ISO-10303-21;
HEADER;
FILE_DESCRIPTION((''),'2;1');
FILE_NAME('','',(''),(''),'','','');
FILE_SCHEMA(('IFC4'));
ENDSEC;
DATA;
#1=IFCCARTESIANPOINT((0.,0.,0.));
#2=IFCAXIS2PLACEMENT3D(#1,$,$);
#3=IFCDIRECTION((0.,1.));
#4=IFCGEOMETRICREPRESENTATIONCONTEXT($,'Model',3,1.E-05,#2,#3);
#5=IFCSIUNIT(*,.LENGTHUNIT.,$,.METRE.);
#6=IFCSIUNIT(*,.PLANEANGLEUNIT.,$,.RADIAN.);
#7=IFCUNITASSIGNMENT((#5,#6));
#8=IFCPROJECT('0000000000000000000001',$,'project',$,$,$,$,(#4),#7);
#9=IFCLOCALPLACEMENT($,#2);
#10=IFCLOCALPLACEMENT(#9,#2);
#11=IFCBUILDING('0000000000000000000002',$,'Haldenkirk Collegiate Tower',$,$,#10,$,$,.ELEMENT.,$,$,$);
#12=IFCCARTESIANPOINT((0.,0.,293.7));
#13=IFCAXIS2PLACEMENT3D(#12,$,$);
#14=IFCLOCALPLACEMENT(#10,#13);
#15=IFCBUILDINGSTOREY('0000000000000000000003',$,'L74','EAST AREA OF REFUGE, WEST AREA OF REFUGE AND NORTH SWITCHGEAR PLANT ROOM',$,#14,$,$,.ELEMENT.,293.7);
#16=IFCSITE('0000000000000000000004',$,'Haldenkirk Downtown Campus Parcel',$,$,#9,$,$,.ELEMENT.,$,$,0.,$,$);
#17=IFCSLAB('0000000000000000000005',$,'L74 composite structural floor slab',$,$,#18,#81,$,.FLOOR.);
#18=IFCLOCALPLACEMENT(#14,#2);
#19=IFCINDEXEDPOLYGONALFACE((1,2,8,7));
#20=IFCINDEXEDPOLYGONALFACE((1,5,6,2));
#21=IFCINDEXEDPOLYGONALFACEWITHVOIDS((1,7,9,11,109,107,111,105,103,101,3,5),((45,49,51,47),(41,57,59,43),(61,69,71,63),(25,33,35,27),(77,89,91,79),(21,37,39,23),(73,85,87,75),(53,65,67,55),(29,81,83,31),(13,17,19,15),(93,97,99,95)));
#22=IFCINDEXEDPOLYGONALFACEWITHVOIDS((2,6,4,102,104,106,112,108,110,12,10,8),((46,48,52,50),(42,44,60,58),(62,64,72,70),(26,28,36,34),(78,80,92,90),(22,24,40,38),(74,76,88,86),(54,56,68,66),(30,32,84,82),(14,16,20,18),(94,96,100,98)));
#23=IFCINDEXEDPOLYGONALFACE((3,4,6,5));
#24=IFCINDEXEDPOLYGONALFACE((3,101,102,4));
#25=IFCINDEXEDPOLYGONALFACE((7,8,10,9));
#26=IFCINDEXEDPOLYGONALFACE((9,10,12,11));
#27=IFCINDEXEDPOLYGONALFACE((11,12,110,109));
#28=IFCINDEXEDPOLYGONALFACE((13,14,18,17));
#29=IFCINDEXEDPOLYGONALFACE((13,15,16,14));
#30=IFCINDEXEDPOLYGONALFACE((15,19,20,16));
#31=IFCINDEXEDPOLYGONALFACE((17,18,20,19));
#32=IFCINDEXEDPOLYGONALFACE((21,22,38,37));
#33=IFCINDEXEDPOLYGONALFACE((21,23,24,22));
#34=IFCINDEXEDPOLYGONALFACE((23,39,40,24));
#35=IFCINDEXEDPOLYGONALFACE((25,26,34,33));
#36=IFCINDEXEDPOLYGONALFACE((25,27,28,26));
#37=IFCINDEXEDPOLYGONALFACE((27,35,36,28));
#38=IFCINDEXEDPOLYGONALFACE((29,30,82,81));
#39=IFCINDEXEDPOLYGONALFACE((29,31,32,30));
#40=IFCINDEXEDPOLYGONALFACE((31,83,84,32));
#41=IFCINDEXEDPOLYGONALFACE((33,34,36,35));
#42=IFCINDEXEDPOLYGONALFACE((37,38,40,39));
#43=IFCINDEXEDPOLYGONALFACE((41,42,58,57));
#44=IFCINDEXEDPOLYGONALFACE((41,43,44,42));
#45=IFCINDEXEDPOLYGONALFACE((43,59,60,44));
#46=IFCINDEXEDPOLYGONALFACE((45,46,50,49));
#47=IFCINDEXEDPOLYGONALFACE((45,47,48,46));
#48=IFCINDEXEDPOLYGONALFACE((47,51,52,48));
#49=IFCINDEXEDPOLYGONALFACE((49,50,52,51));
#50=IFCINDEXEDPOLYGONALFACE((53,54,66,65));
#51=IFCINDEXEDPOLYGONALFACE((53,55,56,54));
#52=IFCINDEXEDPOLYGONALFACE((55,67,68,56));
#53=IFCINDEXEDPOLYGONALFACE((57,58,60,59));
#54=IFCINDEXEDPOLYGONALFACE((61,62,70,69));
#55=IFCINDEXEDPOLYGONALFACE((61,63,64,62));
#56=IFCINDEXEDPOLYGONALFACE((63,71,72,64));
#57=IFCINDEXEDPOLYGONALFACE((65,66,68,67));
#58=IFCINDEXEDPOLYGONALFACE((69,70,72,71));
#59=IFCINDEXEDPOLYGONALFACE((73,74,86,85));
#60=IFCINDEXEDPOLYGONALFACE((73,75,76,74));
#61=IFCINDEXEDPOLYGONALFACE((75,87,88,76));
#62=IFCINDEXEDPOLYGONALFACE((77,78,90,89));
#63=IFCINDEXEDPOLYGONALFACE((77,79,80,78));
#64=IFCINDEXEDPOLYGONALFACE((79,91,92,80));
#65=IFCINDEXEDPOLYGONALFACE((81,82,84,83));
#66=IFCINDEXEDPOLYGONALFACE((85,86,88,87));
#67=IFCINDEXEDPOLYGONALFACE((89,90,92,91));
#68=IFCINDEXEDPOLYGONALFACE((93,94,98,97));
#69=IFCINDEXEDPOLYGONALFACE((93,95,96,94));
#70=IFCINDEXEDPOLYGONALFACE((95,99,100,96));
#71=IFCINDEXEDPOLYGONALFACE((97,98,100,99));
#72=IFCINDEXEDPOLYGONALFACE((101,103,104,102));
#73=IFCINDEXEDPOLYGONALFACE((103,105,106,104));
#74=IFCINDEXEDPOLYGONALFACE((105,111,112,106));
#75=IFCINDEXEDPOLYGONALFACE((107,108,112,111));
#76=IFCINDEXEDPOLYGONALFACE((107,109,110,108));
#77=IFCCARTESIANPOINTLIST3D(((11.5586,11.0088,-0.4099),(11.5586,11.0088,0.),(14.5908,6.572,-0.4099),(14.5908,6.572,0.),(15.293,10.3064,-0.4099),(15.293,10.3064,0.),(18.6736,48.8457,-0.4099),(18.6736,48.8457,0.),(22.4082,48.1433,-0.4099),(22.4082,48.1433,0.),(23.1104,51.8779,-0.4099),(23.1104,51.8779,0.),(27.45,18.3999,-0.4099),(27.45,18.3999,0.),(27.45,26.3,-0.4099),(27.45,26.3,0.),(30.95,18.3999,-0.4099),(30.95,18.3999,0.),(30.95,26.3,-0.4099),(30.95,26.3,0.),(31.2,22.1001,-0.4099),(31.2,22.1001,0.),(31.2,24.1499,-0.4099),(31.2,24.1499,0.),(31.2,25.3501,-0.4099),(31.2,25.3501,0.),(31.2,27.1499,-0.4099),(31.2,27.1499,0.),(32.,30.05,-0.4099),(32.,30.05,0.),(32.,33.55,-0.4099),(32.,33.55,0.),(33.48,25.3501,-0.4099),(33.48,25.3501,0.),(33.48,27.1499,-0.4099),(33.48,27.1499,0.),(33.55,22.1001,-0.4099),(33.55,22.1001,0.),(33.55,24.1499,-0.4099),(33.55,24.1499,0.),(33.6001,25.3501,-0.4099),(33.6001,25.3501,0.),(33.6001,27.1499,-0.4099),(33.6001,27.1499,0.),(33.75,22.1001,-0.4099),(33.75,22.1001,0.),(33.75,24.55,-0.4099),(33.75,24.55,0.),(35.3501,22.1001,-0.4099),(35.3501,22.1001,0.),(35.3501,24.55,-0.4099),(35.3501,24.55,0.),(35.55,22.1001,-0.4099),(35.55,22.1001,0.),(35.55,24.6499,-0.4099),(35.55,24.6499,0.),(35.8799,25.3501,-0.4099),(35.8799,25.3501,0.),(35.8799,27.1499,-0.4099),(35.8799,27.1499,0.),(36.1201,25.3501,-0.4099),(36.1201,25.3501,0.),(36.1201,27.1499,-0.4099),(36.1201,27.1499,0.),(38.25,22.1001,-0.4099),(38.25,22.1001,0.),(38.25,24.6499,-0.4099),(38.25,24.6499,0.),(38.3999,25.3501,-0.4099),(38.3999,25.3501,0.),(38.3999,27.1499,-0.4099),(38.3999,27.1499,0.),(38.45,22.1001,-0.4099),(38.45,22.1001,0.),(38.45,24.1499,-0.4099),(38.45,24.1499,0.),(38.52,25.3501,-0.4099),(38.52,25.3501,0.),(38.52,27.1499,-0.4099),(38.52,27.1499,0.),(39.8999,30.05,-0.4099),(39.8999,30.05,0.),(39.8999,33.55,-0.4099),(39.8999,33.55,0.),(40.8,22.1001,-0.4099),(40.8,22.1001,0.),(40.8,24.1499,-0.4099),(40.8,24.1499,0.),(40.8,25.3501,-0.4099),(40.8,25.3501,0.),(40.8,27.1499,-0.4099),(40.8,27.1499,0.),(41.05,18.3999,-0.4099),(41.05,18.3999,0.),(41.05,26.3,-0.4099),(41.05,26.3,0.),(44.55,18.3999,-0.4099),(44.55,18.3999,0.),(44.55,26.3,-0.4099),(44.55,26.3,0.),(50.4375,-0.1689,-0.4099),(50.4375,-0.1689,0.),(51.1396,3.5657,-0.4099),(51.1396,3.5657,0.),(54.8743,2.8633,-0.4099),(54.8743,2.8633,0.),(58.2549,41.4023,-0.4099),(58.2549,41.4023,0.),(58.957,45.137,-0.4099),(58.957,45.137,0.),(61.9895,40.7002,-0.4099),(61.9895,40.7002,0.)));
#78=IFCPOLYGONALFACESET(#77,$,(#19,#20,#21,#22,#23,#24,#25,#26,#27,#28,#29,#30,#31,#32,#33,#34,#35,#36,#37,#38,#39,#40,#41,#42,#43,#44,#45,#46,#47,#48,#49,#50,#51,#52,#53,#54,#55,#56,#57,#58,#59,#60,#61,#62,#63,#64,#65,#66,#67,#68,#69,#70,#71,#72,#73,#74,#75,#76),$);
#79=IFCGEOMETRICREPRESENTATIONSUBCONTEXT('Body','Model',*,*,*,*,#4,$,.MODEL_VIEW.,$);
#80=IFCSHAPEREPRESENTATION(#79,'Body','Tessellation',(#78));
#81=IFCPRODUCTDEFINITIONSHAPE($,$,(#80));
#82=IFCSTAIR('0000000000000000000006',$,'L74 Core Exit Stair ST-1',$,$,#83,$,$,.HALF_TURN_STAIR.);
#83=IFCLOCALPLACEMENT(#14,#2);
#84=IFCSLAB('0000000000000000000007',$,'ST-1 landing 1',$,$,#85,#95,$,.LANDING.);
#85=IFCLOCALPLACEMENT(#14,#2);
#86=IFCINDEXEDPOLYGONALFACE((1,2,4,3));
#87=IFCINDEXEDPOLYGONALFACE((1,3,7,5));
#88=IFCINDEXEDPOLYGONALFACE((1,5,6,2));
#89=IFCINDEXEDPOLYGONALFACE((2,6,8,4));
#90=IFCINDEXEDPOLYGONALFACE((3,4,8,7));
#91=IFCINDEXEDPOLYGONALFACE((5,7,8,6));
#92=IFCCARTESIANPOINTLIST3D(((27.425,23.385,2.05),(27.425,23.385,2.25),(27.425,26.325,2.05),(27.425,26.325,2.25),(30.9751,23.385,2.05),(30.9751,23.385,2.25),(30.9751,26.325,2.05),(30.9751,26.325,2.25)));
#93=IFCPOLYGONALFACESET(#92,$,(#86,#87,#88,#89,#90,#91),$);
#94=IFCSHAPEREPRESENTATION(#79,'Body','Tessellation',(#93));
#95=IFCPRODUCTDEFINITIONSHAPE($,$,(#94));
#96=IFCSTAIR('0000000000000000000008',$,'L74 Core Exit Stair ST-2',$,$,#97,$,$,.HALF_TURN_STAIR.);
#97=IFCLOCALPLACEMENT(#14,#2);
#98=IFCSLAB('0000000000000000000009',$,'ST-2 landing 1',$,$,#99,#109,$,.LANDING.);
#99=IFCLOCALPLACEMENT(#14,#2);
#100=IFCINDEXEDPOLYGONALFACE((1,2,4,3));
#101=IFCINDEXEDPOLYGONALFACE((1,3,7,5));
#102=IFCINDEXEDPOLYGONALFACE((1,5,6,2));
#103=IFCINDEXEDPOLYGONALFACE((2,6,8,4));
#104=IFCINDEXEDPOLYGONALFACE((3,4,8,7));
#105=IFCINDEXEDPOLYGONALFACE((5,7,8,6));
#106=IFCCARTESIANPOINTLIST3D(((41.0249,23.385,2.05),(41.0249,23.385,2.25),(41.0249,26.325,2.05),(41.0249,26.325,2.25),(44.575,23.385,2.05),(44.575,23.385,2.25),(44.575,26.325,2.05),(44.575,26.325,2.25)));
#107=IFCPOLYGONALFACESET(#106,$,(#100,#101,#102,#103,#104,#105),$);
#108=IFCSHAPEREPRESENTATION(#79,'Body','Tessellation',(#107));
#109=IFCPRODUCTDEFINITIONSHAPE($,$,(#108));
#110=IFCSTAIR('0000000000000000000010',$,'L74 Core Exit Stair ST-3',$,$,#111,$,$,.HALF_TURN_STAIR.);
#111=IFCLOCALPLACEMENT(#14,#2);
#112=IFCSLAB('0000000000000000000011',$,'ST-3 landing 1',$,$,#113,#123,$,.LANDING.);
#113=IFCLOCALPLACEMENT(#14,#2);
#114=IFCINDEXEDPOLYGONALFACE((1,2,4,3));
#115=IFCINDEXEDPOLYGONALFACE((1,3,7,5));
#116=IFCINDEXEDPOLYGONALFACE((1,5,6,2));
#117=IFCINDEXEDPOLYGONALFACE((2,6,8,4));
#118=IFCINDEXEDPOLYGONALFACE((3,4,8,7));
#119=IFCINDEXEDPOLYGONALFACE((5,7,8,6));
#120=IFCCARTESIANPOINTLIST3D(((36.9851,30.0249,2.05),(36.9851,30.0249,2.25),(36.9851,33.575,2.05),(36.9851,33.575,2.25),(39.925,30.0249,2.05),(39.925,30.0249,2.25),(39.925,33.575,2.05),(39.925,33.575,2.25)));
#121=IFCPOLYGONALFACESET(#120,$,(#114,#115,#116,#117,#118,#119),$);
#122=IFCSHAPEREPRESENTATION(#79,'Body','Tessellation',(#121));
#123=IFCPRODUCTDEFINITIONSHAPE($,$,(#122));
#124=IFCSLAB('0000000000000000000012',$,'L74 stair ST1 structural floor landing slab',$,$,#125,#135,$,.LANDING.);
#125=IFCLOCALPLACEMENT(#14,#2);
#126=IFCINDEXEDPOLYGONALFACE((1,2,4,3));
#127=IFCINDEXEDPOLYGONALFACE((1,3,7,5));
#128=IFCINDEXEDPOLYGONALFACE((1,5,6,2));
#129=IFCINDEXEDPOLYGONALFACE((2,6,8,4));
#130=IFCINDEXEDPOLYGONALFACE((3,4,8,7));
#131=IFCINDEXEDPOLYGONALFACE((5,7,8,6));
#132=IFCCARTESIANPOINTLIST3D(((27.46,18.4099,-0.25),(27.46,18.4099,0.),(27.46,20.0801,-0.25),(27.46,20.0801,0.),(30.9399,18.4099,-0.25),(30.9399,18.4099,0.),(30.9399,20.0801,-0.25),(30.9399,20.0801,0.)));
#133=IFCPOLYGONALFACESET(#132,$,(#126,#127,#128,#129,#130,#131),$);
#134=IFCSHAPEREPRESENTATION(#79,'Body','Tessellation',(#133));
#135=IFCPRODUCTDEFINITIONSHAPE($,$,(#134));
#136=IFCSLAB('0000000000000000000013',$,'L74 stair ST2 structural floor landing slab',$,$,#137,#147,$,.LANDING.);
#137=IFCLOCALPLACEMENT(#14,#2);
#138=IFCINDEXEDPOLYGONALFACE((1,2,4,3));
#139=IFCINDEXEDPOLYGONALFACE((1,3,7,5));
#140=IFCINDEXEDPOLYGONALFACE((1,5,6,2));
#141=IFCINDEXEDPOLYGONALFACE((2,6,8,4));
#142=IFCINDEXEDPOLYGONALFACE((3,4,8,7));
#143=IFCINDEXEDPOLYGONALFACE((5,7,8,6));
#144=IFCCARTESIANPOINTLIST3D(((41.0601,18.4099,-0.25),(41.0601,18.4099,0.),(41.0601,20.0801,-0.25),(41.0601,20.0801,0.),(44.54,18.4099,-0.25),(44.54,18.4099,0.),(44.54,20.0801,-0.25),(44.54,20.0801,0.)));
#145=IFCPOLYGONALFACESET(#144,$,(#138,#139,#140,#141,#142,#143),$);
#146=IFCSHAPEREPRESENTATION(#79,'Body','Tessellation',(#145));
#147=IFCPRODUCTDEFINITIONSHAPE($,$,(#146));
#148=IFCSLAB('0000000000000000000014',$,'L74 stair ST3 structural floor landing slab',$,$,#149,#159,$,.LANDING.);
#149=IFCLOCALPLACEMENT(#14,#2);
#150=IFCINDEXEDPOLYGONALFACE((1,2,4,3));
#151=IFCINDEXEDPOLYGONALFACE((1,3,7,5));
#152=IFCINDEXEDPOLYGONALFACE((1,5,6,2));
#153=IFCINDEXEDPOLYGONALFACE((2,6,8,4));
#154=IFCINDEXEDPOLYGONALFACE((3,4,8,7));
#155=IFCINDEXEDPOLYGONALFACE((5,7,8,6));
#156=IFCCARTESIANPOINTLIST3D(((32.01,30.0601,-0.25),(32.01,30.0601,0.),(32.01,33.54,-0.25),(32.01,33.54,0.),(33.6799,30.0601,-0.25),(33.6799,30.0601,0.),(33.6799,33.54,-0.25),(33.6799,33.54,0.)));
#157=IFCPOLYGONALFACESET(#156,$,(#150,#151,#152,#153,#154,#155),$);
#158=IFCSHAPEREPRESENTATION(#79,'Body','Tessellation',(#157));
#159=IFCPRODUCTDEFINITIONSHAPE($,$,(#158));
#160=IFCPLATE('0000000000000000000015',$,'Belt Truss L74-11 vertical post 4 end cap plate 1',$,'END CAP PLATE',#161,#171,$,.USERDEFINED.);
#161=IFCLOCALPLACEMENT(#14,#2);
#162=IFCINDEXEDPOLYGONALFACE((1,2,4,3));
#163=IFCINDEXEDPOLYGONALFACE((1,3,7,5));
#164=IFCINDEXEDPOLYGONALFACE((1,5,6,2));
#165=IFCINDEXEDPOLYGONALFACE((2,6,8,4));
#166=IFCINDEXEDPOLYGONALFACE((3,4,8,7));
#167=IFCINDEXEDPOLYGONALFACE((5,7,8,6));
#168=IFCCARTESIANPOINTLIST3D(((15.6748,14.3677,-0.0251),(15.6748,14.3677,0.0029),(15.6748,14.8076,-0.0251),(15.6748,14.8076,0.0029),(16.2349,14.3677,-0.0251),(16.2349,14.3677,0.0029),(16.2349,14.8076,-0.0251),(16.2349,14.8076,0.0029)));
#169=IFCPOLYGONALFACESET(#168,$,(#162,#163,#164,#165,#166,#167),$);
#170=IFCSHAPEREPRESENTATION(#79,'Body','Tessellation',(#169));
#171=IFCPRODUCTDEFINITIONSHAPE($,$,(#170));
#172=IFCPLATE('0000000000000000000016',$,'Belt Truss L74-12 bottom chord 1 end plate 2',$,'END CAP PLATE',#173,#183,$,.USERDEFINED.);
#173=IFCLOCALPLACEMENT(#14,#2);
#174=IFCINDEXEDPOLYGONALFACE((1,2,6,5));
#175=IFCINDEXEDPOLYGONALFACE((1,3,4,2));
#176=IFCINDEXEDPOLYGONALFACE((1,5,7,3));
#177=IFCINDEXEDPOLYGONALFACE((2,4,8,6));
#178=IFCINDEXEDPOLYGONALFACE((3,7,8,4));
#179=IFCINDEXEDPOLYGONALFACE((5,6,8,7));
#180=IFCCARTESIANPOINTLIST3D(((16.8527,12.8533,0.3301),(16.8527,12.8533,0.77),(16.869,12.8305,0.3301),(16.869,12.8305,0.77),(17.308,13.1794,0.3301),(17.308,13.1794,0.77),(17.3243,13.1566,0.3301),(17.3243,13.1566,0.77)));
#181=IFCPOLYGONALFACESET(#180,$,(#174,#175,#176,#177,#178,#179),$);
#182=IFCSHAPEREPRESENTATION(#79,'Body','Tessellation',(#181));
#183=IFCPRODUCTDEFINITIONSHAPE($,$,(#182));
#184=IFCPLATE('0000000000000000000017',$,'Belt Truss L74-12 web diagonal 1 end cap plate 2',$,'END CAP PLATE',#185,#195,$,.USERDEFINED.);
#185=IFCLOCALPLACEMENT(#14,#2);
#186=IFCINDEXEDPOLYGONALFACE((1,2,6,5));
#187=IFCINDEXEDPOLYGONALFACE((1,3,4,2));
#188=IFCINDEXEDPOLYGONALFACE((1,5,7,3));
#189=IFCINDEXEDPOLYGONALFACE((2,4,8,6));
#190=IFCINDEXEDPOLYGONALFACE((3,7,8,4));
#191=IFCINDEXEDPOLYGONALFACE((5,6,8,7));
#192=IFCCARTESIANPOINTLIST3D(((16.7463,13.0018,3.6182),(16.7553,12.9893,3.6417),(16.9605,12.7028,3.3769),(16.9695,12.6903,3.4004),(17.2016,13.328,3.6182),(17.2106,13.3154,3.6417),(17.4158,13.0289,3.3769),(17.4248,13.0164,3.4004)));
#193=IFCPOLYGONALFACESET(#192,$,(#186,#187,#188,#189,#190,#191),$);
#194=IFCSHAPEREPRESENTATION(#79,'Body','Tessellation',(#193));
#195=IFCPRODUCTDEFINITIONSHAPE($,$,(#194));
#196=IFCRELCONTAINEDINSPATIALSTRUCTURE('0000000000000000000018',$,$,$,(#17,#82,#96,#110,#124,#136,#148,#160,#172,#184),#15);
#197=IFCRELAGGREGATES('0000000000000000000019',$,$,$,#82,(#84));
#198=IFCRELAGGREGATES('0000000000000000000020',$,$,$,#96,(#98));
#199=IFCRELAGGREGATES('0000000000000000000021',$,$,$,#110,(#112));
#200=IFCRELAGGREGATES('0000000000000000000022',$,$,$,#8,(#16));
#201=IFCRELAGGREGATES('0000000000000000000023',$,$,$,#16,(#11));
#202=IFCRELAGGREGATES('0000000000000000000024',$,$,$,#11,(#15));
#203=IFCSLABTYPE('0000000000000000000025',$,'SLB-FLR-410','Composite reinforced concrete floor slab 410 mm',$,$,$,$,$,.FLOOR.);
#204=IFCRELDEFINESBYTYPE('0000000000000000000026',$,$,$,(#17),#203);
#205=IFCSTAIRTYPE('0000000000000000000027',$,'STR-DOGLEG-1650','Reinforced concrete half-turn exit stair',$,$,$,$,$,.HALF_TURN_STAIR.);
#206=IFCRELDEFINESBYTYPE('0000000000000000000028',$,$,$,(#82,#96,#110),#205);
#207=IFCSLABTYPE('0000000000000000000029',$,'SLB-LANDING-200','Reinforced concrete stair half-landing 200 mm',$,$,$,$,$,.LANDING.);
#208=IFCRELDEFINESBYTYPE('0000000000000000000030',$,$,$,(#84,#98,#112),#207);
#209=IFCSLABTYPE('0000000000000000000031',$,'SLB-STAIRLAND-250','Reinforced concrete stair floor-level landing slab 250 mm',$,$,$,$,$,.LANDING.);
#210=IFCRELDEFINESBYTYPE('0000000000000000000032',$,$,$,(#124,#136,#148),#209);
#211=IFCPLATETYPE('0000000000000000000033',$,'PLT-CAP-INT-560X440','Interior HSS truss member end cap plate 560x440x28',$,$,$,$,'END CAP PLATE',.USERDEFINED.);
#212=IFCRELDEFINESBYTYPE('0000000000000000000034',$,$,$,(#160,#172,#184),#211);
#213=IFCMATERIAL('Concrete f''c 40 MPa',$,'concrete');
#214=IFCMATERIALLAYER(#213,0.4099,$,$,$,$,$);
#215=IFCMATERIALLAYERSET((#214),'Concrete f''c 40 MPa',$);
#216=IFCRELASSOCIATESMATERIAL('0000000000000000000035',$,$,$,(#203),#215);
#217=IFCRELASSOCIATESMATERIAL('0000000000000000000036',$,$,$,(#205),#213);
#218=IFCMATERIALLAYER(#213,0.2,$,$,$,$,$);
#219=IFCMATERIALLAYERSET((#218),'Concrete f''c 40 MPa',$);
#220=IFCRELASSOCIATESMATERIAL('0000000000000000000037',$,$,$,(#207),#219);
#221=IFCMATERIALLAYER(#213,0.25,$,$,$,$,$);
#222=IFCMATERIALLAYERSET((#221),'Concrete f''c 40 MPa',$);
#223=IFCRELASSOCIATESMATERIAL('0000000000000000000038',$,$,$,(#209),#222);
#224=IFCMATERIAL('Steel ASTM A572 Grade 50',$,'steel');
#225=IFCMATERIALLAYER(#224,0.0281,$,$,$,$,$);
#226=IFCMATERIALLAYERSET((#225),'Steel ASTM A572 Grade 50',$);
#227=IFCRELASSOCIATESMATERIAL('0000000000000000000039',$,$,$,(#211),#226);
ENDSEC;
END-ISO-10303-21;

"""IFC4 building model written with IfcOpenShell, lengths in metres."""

from ifc_helpers import new_model, si_unit, direction, frame, origin, origin_2d, place, context, subcontext, project, spatial, polyline, rectangle, outline, extrude, source, transform, mapped, material, layer, layer_set, type_object, element, aggregate, save


model = new_model("IFC4")

# Units and contexts
model_context = context("Model", 3, precision=1e-05, world=origin(), true_north=direction((0.0, 1.0)))
body_context = subcontext(model_context, "Body", "Model", "MODEL_VIEW")
ifc_project = project(units=[si_unit("LENGTHUNIT", "METRE"), si_unit("PLANEANGLEUNIT", "RADIAN")], contexts=[model_context])

# Site, building, storey
site_placement = place(None, origin())
site = spatial("IfcSite", under=ifc_project, at=site_placement, Name="Haldenkirk Downtown Campus Parcel", CompositionType="ELEMENT", RefElevation=0.0)
building_placement = place(site_placement, origin())
building = spatial("IfcBuilding", under=site, at=building_placement, Name="Haldenkirk Collegiate Tower", CompositionType="ELEMENT")
storey_placement = place(building_placement, frame((0.0, 0.0, 293.7)))
storey = spatial("IfcBuildingStorey", under=building, at=storey_placement, Name="L74", Description="EAST AREA OF REFUGE, WEST AREA OF REFUGE AND NORTH SWITCHGEAR PLANT ROOM", CompositionType="ELEMENT", Elevation=293.7)

# Shared definitions
ifc_material_1 = material(Name="Steel ASTM A572 Grade 50", Category="steel")

# Slab
ifc_material_2 = material(Name="Concrete f'c 40 MPa", Category="concrete")
ifc_layer_1 = layer(ifc_material_2, 0.4099)
ifc_layer_set_1 = layer_set([ifc_layer_1], Name="Concrete f'c 40 MPa")
slab_type_1 = type_object("IfcSlabType", Name="SLB-FLR-410", Description="Composite reinforced concrete floor slab 410 mm", PredefinedType="FLOOR", material=ifc_layer_set_1)
slab_1_placement = place(storey_placement, frame((0.0, 0.0, -0.4099)))
element("IfcSlab", 1, at=slab_1_placement, inside=storey, type_object=slab_type_1, Name="L74 composite structural floor slab", PredefinedType="FLOOR", context=body_context, shape_type="SweptSolid", body=[
    extrude(outline(polyline([(54.8743, 2.8633), (61.9895, 40.7002), (58.2549, 41.4023), (58.957, 45.137), (23.1104, 51.8779), (22.4082, 48.1433), (18.6736, 48.8457), (11.5586, 11.0088), (15.293, 10.3064), (14.5908, 6.572), (50.4375, -0.1689), (51.1396, 3.5657), (54.8743, 2.8633)]), holes=[polyline([(27.45, 18.3999), (30.95, 18.3999), (30.95, 26.3), (27.45, 26.3), (27.45, 18.3999)]), polyline([(41.05, 18.3999), (44.55, 18.3999), (44.55, 26.3), (41.05, 26.3), (41.05, 18.3999)]), polyline([(32.0, 30.05), (39.8999, 30.05), (39.8999, 33.55), (32.0, 33.55), (32.0, 30.05)]), polyline([(33.75, 22.1001), (35.3501, 22.1001), (35.3501, 24.55), (33.75, 24.55), (33.75, 22.1001)]), polyline([(31.2, 25.3501), (33.48, 25.3501), (33.48, 27.1499), (31.2, 27.1499), (31.2, 25.3501)]), polyline([(33.6001, 25.3501), (35.8799, 25.3501), (35.8799, 27.1499), (33.6001, 27.1499), (33.6001, 25.3501)]), polyline([(36.1201, 25.3501), (38.3999, 25.3501), (38.3999, 27.1499), (36.1201, 27.1499), (36.1201, 25.3501)]), polyline([(38.52, 25.3501), (40.8, 25.3501), (40.8, 27.1499), (38.52, 27.1499), (38.52, 25.3501)]), polyline([(31.2, 22.1001), (33.55, 22.1001), (33.55, 24.1499), (31.2, 24.1499), (31.2, 22.1001)]), polyline([(38.45, 22.1001), (40.8, 22.1001), (40.8, 24.1499), (38.45, 24.1499), (38.45, 22.1001)]), polyline([(35.55, 22.1001), (38.25, 22.1001), (38.25, 24.6499), (35.55, 24.6499), (35.55, 22.1001)])]), origin(), (0.0, 0.0, 1.0), 0.4099),
])

# Stairs, slabs
stair_type = type_object("IfcStairType", Name="STR-DOGLEG-1650", Description="Reinforced concrete half-turn exit stair", PredefinedType="HALF_TURN_STAIR", material=ifc_material_2)
stair_1_placement = place(storey_placement, origin())
stair_1 = element("IfcStair", 2, at=stair_1_placement, inside=storey, type_object=stair_type, Name="L74 Core Exit Stair ST-1", PredefinedType="HALF_TURN_STAIR")
ifc_layer_2 = layer(ifc_material_2, 0.2)
ifc_layer_set_2 = layer_set([ifc_layer_2], Name="Concrete f'c 40 MPa")
slab_type_2 = type_object("IfcSlabType", Name="SLB-LANDING-200", Description="Reinforced concrete stair half-landing 200 mm", PredefinedType="LANDING", material=ifc_layer_set_2)
slab_2_placement = place(storey_placement, frame((0.0, 0.0, 2.05)))
slab_2 = element("IfcSlab", 3, at=slab_2_placement, type_object=slab_type_2, Name="ST-1 landing 1", PredefinedType="LANDING", context=body_context, shape_type="SweptSolid", body=[
    extrude(outline(polyline([(30.9751, 23.385), (27.425, 23.385), (27.425, 26.325), (30.9751, 26.325), (30.9751, 23.385)])), origin(), (0.0, 0.0, 1.0), 0.2),
])
aggregate(stair_1, [slab_2])
stair_2_placement = place(storey_placement, origin())
stair_2 = element("IfcStair", 4, at=stair_2_placement, inside=storey, type_object=stair_type, Name="L74 Core Exit Stair ST-2", PredefinedType="HALF_TURN_STAIR")
slab_3_placement = place(storey_placement, frame((0.0, 0.0, 2.05)))
slab_3 = element("IfcSlab", 5, at=slab_3_placement, type_object=slab_type_2, Name="ST-2 landing 1", PredefinedType="LANDING", context=body_context, shape_type="SweptSolid", body=[
    extrude(outline(polyline([(44.575, 23.385), (41.0249, 23.385), (41.0249, 26.325), (44.575, 26.325), (44.575, 23.385)])), origin(), (0.0, 0.0, 1.0), 0.2),
])
aggregate(stair_2, [slab_3])
stair_3_placement = place(storey_placement, origin())
stair_3 = element("IfcStair", 6, at=stair_3_placement, inside=storey, type_object=stair_type, Name="L74 Core Exit Stair ST-3", PredefinedType="HALF_TURN_STAIR")
slab_4_placement = place(storey_placement, frame((0.0, 0.0, 2.05)))
slab_4 = element("IfcSlab", 7, at=slab_4_placement, type_object=slab_type_2, Name="ST-3 landing 1", PredefinedType="LANDING", context=body_context, shape_type="SweptSolid", body=[
    extrude(outline(polyline([(36.9851, 30.0249), (36.9851, 33.575), (39.925, 33.575), (39.925, 30.0249), (36.9851, 30.0249)])), origin(), (0.0, 0.0, 1.0), 0.2),
])
aggregate(stair_3, [slab_4])

# Slabs
ifc_layer_3 = layer(ifc_material_2, 0.25)
ifc_layer_set_3 = layer_set([ifc_layer_3], Name="Concrete f'c 40 MPa")
slab_type_3 = type_object("IfcSlabType", Name="SLB-STAIRLAND-250", Description="Reinforced concrete stair floor-level landing slab 250 mm", PredefinedType="LANDING", material=ifc_layer_set_3)
slab_5_placement = place(storey_placement, frame((0.0, 0.0, -0.25)))
element("IfcSlab", 8, at=slab_5_placement, inside=storey, type_object=slab_type_3, Name="L74 stair ST1 structural floor landing slab", PredefinedType="LANDING", context=body_context, shape_type="SweptSolid", body=[
    extrude(outline(polyline([(27.46, 18.4099), (30.9399, 18.4099), (30.9399, 20.0801), (27.46, 20.0801), (27.46, 18.4099)])), origin(), (0.0, 0.0, 1.0), 0.25),
])
slab_6_placement = place(storey_placement, frame((0.0, 0.0, -0.25)))
element("IfcSlab", 9, at=slab_6_placement, inside=storey, type_object=slab_type_3, Name="L74 stair ST2 structural floor landing slab", PredefinedType="LANDING", context=body_context, shape_type="SweptSolid", body=[
    extrude(outline(polyline([(41.0601, 18.4099), (44.54, 18.4099), (44.54, 20.0801), (41.0601, 20.0801), (41.0601, 18.4099)])), origin(), (0.0, 0.0, 1.0), 0.25),
])
slab_7_placement = place(storey_placement, frame((0.0, 0.0, -0.25)))
element("IfcSlab", 10, at=slab_7_placement, inside=storey, type_object=slab_type_3, Name="L74 stair ST3 structural floor landing slab", PredefinedType="LANDING", context=body_context, shape_type="SweptSolid", body=[
    extrude(outline(polyline([(32.01, 30.0601), (33.6799, 30.0601), (33.6799, 33.54), (32.01, 33.54), (32.01, 30.0601)])), origin(), (0.0, 0.0, 1.0), 0.25),
])

# Plates
ifc_layer_4 = layer(ifc_material_1, 0.0281)
ifc_layer_set_4 = layer_set([ifc_layer_4], Name="Steel ASTM A572 Grade 50")
plate_type = type_object("IfcPlateType", Name="PLT-CAP-INT-560X440", Description="Interior HSS truss member end cap plate 560x440x28", ElementType="END CAP PLATE", PredefinedType="USERDEFINED", material=ifc_layer_set_4)
shared_shape_1 = source(origin(), body_context, "Body", "SweptSolid", [
    extrude(rectangle(XDim=0.5601, YDim=0.4399, at=origin_2d()), origin(), (0.0, 0.0, 1.0), 0.0281),
])
for number, where, z_axis, x_axis, name in (
    (11, (15.9548, 14.5876, 0.0029), (0.0, 0.0, -1.0), (1.0, 0.0, 0.0), "Belt Truss L74-11 vertical post 4 end cap plate 1"),
    (12, (17.0803, 13.0164, 0.55), (0.582308, -0.812968, 0.0), (0.812968, 0.582308, 0.0), "Belt Truss L74-12 bottom chord 1 end plate 2"),
    (13, (17.0811, 13.0154, 3.4976), (0.319465, -0.446009, 0.836073), (0.812968, 0.582308, 0.0), "Belt Truss L74-12 web diagonal 1 end cap plate 2"),
):
    element("IfcPlate", number, at=place(storey_placement, frame(where, z_axis=z_axis, x_axis=x_axis)), inside=storey, type_object=plate_type, Name=name, ObjectType="END CAP PLATE", PredefinedType="USERDEFINED", context=body_context, shape_type="MappedRepresentation", body=[
        mapped(shared_shape_1, transform((0.0, 0.0, 0.0), x_axis=(1.0, 0.0, 0.0), y_axis=(0.0, 1.0, 0.0), z_axis=(0.0, 0.0, 1.0), scale=1.0)),
    ])

save(model, "model.ifc")
